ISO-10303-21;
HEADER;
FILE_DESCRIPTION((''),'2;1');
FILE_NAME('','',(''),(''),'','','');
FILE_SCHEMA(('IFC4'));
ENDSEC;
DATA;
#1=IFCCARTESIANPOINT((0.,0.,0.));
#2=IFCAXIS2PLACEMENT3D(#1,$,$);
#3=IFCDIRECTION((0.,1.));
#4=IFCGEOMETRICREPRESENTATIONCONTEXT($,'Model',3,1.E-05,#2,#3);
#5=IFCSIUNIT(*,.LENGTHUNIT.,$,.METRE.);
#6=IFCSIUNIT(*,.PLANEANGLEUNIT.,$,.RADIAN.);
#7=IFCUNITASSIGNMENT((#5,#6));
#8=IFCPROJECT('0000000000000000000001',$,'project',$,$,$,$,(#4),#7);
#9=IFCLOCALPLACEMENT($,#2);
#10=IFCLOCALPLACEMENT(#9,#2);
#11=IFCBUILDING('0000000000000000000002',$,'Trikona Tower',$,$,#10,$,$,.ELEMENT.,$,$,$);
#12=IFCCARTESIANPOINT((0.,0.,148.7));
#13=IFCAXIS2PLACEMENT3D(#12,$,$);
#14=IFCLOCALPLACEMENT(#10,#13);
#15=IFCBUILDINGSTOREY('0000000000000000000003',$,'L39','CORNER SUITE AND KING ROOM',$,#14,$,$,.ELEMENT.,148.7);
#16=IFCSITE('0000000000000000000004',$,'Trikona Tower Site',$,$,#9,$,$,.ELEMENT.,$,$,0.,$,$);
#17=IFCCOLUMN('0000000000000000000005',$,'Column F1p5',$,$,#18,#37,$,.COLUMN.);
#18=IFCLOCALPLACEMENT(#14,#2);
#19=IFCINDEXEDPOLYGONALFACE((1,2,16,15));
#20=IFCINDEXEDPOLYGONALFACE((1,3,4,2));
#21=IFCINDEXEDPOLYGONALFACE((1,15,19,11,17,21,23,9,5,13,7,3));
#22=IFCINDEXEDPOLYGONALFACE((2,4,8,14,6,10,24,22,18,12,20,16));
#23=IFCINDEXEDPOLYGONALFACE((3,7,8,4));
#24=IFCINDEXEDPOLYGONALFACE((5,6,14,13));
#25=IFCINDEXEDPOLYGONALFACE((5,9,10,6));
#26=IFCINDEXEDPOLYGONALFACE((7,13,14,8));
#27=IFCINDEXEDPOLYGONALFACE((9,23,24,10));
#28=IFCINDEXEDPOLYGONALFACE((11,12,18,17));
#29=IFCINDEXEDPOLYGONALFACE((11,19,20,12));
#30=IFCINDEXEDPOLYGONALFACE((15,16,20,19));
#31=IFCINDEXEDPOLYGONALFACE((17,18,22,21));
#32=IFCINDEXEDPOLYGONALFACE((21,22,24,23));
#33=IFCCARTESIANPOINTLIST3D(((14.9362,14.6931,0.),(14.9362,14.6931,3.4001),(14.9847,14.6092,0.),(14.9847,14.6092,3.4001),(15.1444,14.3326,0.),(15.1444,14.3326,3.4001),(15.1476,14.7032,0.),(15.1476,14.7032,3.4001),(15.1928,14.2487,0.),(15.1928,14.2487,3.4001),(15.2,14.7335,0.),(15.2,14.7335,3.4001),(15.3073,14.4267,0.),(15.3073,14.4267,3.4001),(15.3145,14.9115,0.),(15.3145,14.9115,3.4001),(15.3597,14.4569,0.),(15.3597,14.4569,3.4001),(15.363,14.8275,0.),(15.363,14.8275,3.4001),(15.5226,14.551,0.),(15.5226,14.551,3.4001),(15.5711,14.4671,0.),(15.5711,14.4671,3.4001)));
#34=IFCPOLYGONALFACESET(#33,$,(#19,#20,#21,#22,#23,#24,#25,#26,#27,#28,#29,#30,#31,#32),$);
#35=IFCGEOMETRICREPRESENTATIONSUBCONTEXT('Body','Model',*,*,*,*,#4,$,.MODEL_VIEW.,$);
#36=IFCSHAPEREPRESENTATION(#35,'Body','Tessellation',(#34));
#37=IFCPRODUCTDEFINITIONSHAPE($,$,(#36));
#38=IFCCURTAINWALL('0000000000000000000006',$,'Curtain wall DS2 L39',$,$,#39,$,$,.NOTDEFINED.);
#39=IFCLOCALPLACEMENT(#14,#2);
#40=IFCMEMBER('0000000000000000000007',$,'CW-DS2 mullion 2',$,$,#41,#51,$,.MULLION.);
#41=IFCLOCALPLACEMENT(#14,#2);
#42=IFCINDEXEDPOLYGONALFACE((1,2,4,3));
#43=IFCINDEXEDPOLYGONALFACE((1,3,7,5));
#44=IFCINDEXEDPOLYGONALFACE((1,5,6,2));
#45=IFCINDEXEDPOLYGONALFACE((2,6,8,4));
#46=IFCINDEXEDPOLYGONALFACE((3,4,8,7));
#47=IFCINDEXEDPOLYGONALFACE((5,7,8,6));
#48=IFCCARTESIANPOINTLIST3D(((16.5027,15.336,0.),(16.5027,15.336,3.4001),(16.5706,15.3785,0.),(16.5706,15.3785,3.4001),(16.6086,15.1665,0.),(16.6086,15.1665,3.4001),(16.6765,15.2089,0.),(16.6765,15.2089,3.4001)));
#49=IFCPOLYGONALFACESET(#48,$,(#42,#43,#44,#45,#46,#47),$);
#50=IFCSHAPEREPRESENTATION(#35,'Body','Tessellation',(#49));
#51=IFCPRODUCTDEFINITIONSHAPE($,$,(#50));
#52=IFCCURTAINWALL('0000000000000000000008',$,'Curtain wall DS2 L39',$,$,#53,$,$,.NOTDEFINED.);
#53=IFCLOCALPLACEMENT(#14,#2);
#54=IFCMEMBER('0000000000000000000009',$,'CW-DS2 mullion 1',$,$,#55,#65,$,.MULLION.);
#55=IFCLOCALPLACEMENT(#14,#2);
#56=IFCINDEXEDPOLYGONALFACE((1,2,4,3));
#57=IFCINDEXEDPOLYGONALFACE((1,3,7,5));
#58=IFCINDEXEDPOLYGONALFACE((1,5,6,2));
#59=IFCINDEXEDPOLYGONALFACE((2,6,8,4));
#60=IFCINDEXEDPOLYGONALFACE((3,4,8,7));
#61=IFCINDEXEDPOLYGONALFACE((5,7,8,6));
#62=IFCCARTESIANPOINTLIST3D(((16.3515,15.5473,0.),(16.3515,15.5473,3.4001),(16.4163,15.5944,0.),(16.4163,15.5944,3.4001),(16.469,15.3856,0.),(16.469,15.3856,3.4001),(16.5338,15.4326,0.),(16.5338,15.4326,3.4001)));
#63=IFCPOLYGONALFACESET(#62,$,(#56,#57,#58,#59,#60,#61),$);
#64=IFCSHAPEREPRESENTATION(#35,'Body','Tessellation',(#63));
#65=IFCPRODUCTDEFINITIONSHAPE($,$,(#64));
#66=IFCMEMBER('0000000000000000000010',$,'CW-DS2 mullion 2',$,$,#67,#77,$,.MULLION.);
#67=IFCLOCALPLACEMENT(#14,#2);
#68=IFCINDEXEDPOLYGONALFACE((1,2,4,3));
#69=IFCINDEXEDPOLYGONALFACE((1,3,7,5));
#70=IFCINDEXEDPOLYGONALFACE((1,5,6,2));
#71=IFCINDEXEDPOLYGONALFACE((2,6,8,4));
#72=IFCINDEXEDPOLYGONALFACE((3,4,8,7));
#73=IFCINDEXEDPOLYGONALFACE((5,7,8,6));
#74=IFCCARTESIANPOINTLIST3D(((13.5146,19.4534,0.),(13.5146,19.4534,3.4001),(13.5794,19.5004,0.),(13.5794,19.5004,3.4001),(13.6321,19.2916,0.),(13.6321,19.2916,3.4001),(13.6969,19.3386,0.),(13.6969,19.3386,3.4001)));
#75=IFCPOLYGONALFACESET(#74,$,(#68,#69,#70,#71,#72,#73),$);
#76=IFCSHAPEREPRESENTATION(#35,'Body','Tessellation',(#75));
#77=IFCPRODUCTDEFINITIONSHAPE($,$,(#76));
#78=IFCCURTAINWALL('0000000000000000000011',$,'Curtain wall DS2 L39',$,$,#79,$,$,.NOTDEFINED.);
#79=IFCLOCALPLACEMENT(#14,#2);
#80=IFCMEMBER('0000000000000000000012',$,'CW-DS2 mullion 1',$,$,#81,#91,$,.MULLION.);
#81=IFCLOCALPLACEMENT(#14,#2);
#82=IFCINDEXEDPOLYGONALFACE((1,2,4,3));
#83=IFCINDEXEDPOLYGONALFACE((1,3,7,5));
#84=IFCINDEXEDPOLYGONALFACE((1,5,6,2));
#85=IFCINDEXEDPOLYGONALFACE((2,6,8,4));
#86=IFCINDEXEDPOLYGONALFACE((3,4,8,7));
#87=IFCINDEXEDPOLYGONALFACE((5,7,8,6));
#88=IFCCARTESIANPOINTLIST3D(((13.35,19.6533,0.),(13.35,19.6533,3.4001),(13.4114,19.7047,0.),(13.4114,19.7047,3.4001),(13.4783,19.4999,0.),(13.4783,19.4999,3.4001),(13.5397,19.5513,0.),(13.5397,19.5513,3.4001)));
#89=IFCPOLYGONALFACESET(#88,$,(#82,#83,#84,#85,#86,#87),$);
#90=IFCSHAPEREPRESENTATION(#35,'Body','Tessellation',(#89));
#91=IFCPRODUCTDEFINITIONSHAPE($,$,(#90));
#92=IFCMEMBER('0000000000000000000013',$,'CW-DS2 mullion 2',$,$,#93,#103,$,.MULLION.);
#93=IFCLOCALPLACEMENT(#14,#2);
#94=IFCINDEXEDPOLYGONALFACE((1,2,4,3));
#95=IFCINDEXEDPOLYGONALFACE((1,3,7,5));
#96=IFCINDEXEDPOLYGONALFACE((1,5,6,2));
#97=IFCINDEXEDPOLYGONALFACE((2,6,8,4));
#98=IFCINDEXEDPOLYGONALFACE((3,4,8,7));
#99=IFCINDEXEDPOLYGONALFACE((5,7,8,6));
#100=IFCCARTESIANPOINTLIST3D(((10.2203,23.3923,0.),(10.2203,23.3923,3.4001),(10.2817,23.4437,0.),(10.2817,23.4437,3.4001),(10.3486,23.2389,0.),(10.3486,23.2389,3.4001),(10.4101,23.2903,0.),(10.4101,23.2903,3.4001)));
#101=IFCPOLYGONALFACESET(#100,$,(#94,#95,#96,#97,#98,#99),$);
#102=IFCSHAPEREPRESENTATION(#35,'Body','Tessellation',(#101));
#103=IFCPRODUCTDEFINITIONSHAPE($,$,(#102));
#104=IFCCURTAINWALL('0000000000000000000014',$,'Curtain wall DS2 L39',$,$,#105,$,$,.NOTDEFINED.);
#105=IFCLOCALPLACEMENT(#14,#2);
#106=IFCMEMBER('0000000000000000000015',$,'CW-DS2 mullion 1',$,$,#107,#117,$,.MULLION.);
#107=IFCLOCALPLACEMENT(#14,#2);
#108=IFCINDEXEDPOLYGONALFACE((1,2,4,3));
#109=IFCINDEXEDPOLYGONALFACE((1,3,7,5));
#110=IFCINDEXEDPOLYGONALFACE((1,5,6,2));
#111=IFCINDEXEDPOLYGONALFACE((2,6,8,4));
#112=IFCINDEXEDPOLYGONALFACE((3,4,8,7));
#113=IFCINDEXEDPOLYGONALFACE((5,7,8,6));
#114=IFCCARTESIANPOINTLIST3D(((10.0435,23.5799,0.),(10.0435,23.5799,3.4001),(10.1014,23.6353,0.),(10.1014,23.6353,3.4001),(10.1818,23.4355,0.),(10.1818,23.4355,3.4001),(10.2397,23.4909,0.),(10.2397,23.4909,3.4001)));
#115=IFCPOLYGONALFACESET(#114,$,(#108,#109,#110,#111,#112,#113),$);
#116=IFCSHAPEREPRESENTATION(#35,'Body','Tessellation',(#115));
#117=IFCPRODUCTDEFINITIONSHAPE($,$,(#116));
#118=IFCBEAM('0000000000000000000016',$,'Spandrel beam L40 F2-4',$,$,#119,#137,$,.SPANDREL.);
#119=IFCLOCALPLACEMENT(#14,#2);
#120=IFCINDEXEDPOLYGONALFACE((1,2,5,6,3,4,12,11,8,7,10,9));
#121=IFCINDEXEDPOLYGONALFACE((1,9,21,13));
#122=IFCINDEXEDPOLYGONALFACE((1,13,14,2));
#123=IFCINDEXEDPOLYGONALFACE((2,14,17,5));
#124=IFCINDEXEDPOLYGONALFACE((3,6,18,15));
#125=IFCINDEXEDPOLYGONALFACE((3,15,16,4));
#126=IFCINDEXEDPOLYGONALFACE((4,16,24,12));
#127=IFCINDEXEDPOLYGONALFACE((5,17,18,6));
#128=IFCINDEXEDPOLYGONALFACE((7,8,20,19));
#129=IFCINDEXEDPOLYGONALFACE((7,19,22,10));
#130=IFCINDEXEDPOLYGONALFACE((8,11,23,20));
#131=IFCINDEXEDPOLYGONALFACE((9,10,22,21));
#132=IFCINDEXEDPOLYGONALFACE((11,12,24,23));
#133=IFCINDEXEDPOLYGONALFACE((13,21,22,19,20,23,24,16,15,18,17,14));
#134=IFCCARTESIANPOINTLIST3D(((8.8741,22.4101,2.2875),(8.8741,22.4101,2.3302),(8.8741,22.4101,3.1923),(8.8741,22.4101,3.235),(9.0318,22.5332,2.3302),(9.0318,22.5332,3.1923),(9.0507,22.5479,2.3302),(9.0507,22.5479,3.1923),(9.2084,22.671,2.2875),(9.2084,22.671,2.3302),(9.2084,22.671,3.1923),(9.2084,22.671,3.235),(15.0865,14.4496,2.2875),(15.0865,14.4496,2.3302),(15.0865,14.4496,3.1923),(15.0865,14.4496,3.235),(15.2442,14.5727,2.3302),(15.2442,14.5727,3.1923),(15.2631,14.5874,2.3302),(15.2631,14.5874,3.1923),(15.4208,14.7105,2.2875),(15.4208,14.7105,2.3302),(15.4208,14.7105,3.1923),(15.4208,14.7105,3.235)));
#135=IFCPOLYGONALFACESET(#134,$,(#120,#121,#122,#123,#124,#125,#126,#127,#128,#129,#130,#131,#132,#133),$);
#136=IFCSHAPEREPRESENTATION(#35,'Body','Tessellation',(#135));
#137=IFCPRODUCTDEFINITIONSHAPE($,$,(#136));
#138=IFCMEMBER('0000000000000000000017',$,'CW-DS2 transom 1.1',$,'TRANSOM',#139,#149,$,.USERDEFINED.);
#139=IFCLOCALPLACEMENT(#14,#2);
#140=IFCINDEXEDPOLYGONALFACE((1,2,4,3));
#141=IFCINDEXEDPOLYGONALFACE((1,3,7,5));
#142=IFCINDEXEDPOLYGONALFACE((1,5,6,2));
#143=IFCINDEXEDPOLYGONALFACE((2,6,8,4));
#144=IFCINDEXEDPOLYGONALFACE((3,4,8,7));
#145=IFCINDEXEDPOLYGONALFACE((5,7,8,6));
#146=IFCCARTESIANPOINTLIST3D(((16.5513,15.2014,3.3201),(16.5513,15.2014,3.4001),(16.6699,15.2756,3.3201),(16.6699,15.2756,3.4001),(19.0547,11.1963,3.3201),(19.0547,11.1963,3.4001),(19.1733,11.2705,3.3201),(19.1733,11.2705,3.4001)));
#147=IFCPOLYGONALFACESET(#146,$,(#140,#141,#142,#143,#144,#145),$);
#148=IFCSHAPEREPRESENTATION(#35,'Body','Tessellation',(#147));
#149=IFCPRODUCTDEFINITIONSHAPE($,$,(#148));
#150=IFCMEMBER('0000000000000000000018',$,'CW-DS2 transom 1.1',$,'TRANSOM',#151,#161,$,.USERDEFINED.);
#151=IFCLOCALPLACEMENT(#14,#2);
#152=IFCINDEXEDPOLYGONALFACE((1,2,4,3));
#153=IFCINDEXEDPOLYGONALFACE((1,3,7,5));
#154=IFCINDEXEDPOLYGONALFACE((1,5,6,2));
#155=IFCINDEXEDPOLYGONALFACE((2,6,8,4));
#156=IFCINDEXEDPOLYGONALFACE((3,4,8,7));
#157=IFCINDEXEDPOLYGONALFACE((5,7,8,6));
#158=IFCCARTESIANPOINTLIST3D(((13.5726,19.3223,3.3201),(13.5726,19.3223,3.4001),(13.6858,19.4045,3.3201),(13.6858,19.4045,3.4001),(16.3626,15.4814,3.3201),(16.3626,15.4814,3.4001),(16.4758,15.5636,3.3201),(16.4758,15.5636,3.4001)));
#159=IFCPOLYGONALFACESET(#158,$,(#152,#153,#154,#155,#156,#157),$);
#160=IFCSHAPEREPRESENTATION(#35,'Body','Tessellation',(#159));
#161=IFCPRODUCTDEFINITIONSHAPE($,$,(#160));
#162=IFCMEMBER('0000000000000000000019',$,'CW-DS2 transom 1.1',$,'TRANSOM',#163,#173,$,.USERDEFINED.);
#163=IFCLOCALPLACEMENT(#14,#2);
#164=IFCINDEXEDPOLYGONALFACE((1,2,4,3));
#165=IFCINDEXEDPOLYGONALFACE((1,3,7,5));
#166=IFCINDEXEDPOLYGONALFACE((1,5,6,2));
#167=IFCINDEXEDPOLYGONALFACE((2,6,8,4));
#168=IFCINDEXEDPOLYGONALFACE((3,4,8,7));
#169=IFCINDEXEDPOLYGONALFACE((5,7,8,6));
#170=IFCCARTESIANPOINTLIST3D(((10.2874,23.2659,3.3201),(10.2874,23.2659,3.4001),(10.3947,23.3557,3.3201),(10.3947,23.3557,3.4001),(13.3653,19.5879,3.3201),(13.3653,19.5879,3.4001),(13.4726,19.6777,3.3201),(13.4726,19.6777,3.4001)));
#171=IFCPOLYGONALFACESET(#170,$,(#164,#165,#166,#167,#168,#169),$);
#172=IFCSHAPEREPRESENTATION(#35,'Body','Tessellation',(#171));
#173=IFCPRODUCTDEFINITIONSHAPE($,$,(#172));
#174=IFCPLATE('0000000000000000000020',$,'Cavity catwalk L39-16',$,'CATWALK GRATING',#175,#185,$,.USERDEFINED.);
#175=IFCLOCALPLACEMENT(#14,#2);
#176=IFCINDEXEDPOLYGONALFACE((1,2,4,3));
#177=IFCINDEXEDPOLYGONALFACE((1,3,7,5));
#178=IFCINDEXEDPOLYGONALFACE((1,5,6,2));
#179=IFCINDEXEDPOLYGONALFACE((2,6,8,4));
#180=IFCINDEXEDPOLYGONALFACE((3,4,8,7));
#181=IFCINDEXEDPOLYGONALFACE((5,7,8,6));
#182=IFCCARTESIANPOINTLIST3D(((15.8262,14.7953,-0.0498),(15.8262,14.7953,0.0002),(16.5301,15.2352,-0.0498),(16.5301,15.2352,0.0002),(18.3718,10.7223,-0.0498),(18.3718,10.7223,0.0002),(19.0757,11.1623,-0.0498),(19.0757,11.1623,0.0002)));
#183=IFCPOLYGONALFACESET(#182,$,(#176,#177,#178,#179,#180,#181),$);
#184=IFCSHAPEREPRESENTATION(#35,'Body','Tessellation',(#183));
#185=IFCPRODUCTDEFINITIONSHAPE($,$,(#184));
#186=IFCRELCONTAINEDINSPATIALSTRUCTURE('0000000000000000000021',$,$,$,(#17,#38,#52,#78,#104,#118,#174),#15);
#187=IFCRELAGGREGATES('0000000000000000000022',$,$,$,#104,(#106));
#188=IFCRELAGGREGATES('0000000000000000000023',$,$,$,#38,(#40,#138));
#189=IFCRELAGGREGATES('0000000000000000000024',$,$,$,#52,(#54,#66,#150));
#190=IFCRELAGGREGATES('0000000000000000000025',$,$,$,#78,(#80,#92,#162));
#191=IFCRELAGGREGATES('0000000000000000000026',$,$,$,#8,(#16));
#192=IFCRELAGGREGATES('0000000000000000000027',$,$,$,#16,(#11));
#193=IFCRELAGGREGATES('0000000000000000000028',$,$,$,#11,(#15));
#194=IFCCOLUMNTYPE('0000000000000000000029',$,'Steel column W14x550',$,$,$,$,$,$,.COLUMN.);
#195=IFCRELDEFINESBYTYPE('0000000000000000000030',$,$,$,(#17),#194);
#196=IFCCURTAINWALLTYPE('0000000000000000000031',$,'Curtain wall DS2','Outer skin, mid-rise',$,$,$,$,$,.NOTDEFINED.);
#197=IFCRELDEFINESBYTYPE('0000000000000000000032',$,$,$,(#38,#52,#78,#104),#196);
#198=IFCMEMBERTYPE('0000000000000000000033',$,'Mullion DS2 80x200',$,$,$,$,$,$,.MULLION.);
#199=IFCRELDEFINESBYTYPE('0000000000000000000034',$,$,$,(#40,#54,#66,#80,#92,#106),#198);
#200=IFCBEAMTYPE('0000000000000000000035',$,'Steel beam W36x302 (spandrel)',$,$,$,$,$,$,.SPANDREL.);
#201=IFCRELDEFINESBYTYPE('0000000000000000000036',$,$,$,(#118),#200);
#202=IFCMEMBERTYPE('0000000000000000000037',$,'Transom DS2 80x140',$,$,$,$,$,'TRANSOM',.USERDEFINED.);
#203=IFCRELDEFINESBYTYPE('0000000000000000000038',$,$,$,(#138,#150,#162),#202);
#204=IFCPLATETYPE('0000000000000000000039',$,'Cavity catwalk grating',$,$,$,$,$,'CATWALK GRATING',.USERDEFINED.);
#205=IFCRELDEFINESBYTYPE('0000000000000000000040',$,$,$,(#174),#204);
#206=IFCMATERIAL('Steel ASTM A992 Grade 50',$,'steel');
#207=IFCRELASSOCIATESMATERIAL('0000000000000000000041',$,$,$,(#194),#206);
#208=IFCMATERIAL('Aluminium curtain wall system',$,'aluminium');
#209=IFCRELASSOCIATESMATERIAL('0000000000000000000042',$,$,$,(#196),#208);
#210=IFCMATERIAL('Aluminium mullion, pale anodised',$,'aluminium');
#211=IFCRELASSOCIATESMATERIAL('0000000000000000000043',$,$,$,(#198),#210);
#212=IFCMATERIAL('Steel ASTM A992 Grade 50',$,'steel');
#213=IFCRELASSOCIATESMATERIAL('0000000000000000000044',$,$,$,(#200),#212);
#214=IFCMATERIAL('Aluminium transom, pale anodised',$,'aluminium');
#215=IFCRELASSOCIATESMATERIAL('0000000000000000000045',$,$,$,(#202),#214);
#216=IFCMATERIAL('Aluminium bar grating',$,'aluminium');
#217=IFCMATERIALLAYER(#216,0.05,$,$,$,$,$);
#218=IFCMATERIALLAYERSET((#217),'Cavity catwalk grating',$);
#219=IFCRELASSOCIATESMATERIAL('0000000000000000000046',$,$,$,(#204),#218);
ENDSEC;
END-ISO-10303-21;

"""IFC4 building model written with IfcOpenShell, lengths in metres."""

from ifc_helpers import new_model, si_unit, direction, frame, origin, origin_2d, place, context, subcontext, project, spatial, rectangle, i_section, extrude, material, layer, layer_set, material_profile, profile_set, type_object, element, aggregate, save


model = new_model("IFC4")

# Units and contexts
model_context = context("Model", 3, precision=1e-05, world=origin(), true_north=direction((0.0, 1.0)))
body_context = subcontext(model_context, "Body", "Model", "MODEL_VIEW")
ifc_project = project(units=[si_unit("LENGTHUNIT", "METRE"), si_unit("PLANEANGLEUNIT", "RADIAN")], contexts=[model_context])

# Site, building, storey
site_placement = place(None, origin())
site = spatial("IfcSite", under=ifc_project, at=site_placement, Name="Trikona Tower Site", CompositionType="ELEMENT", RefElevation=0.0)
building_placement = place(site_placement, origin())
building = spatial("IfcBuilding", under=site, at=building_placement, Name="Trikona Tower", CompositionType="ELEMENT")
storey_placement = place(building_placement, frame((0.0, 0.0, 148.7)))
storey = spatial("IfcBuildingStorey", under=building, at=storey_placement, Name="L39", Description="CORNER SUITE AND KING ROOM", CompositionType="ELEMENT", Elevation=148.7)

# Column
ifc_material_1 = material(Name="Steel ASTM A992 Grade 50", Category="steel")
ifc_material_profile_1 = material_profile(ifc_material_1, i_section(OverallWidth=0.4368, OverallDepth=0.5132, WebThickness=0.0605, FlangeThickness=0.0969, at=origin_2d()), Name="W14X550")
ifc_profile_set_1 = profile_set([ifc_material_profile_1], Name="Steel ASTM A992 Grade 50")
column_type = type_object("IfcColumnType", Name="Steel column W14x550", PredefinedType="COLUMN", material=ifc_profile_set_1)
column_placement = place(storey_placement, frame((15.2537, 14.5801, 0.0), z_axis=(0.0, 0.0, 1.0), x_axis=(0.866025, 0.5, 0.0)))
element("IfcColumn", 1, at=column_placement, inside=storey, type_object=column_type, Name="Column F1p5", PredefinedType="COLUMN", context=body_context, shape_type="SweptSolid", body=[
    extrude(i_section(OverallWidth=0.4368, OverallDepth=0.5132, WebThickness=0.0605, FlangeThickness=0.0969, at=origin_2d()), origin(), (0.0, 0.0, 1.0), 3.4001),
])

# Curtain wall, member
ifc_material_2 = material(Name="Aluminium curtain wall system", Category="aluminium")
curtain_wall_type = type_object("IfcCurtainWallType", Name="Curtain wall DS2", Description="Outer skin, mid-rise", PredefinedType="NOTDEFINED", material=ifc_material_2)
curtain_wall_1_placement = place(storey_placement, origin())
curtain_wall_1 = element("IfcCurtainWall", 2, at=curtain_wall_1_placement, inside=storey, type_object=curtain_wall_type, Name="Curtain wall DS2 L39", PredefinedType="NOTDEFINED")
ifc_material_3 = material(Name="Aluminium mullion, pale anodised", Category="aluminium")
ifc_material_profile_2 = material_profile(ifc_material_3, rectangle(XDim=0.0801, YDim=0.2, at=origin_2d()), Name="MUL-DS2")
ifc_profile_set_2 = profile_set([ifc_material_profile_2], Name="Aluminium mullion, pale anodised")
member_type_1 = type_object("IfcMemberType", Name="Mullion DS2 80x200", PredefinedType="MULLION", material=ifc_profile_set_2)
member_1_placement = place(storey_placement, frame((16.5896, 15.2725, 0.0), z_axis=(0.0, 0.0, 1.0), x_axis=(-0.847998, -0.529999, 0.0)))
member_1 = element("IfcMember", 3, at=member_1_placement, type_object=member_type_1, Name="CW-DS2 mullion 2", PredefinedType="MULLION", context=body_context, shape_type="SweptSolid", body=[
    extrude(rectangle(XDim=0.0801, YDim=0.2, at=origin_2d()), origin(), (0.0, 0.0, 1.0), 3.4001),
])

# Curtain walls, members
curtain_wall_2_placement = place(storey_placement, origin())
curtain_wall_2 = element("IfcCurtainWall", 4, at=curtain_wall_2_placement, inside=storey, type_object=curtain_wall_type, Name="Curtain wall DS2 L39", PredefinedType="NOTDEFINED")
member_2_placement = place(storey_placement, frame((16.4426, 15.49, 0.0), z_axis=(0.0, 0.0, 1.0), x_axis=(-0.809086, -0.587691, 0.0)))
member_2 = element("IfcMember", 5, at=member_2_placement, type_object=member_type_1, Name="CW-DS2 mullion 1", PredefinedType="MULLION", context=body_context, shape_type="SweptSolid", body=[
    extrude(rectangle(XDim=0.0801, YDim=0.2, at=origin_2d()), origin(), (0.0, 0.0, 1.0), 3.4001),
])
member_3_placement = place(storey_placement, frame((13.6057, 19.396, 0.0), z_axis=(0.0, 0.0, 1.0), x_axis=(-0.809086, -0.587691, 0.0)))
member_3 = element("IfcMember", 6, at=member_3_placement, type_object=member_type_1, Name="CW-DS2 mullion 2", PredefinedType="MULLION", context=body_context, shape_type="SweptSolid", body=[
    extrude(rectangle(XDim=0.0801, YDim=0.2, at=origin_2d()), origin(), (0.0, 0.0, 1.0), 3.4001),
])
curtain_wall_3_placement = place(storey_placement, origin())
curtain_wall_3 = element("IfcCurtainWall", 7, at=curtain_wall_3_placement, inside=storey, type_object=curtain_wall_type, Name="Curtain wall DS2 L39", PredefinedType="NOTDEFINED")
member_4_placement = place(storey_placement, frame((13.4448, 19.6023, 0.0), z_axis=(0.0, 0.0, 1.0), x_axis=(-0.766867, -0.641806, 0.0)))
member_4 = element("IfcMember", 8, at=member_4_placement, type_object=member_type_1, Name="CW-DS2 mullion 1", PredefinedType="MULLION", context=body_context, shape_type="SweptSolid", body=[
    extrude(rectangle(XDim=0.0801, YDim=0.2, at=origin_2d()), origin(), (0.0, 0.0, 1.0), 3.4001),
])
member_5_placement = place(storey_placement, frame((10.3152, 23.3413, 0.0), z_axis=(0.0, 0.0, 1.0), x_axis=(-0.766867, -0.641806, 0.0)))
member_5 = element("IfcMember", 9, at=member_5_placement, type_object=member_type_1, Name="CW-DS2 mullion 2", PredefinedType="MULLION", context=body_context, shape_type="SweptSolid", body=[
    extrude(rectangle(XDim=0.0801, YDim=0.2, at=origin_2d()), origin(), (0.0, 0.0, 1.0), 3.4001),
])

# Curtain wall, member
curtain_wall_4_placement = place(storey_placement, origin())
curtain_wall_4 = element("IfcCurtainWall", 10, at=curtain_wall_4_placement, inside=storey, type_object=curtain_wall_type, Name="Curtain wall DS2 L39", PredefinedType="NOTDEFINED")
member_6_placement = place(storey_placement, frame((10.1416, 23.5354, 0.0), z_axis=(0.0, 0.0, 1.0), x_axis=(-0.722158, -0.691728, 0.0)))
member_6 = element("IfcMember", 11, at=member_6_placement, type_object=member_type_1, Name="CW-DS2 mullion 1", PredefinedType="MULLION", context=body_context, shape_type="SweptSolid", body=[
    extrude(rectangle(XDim=0.0801, YDim=0.2, at=origin_2d()), origin(), (0.0, 0.0, 1.0), 3.4001),
])
aggregate(curtain_wall_4, [member_6])

# Beam
ifc_material_4 = material(Name="Steel ASTM A992 Grade 50", Category="steel")
ifc_material_profile_3 = material_profile(ifc_material_4, i_section(OverallWidth=0.4241, OverallDepth=0.9475, WebThickness=0.0239, FlangeThickness=0.0427, at=origin_2d()), Name="W36X302")
ifc_profile_set_3 = profile_set([ifc_material_profile_3], Name="Steel ASTM A992 Grade 50")
beam_type = type_object("IfcBeamType", Name="Steel beam W36x302 (spandrel)", PredefinedType="SPANDREL", material=ifc_profile_set_3)
beam_placement = place(storey_placement, frame((15.2537, 14.5801, 2.7612), z_axis=(-0.615232, 0.788346, 0.0), x_axis=(-0.788346, -0.615232, 0.0)))
element("IfcBeam", 12, at=beam_placement, inside=storey, type_object=beam_type, Name="Spandrel beam L40 F2-4", PredefinedType="SPANDREL", context=body_context, shape_type="SweptSolid", body=[
    extrude(i_section(OverallWidth=0.4241, OverallDepth=0.9475, WebThickness=0.0239, FlangeThickness=0.0427, at=origin_2d()), origin(), (0.0, 0.0, 1.0), 10.0977),
])

# Members
ifc_material_5 = material(Name="Aluminium transom, pale anodised", Category="aluminium")
ifc_material_profile_4 = material_profile(ifc_material_5, rectangle(XDim=0.1399, YDim=0.0801, at=origin_2d()), Name="TRN-DS2")
ifc_profile_set_4 = profile_set([ifc_material_profile_4], Name="Aluminium transom, pale anodised")
member_type_2 = type_object("IfcMemberType", Name="Transom DS2 80x140", ElementType="TRANSOM", PredefinedType="USERDEFINED", material=ifc_profile_set_4)
member_7_placement = place(storey_placement, frame((19.114, 11.2334, 3.3601), z_axis=(-0.530031, 0.847978, 0.0), x_axis=(-0.847978, -0.530031, 0.0)))
member_7 = element("IfcMember", 13, at=member_7_placement, type_object=member_type_2, Name="CW-DS2 transom 1.1", ObjectType="TRANSOM", PredefinedType="USERDEFINED", context=body_context, shape_type="SweptSolid", body=[
    extrude(rectangle(XDim=0.1399, YDim=0.0801, at=origin_2d()), origin(), (0.0, 0.0, 1.0), 4.7231),
])
member_8_placement = place(storey_placement, frame((16.4192, 15.5225, 3.3601), z_axis=(-0.587695, 0.809083, 0.0), x_axis=(-0.809083, -0.587695, 0.0)))
member_8 = element("IfcMember", 14, at=member_8_placement, type_object=member_type_2, Name="CW-DS2 transom 1.1", ObjectType="TRANSOM", PredefinedType="USERDEFINED", context=body_context, shape_type="SweptSolid", body=[
    extrude(rectangle(XDim=0.1399, YDim=0.0801, at=origin_2d()), origin(), (0.0, 0.0, 1.0), 4.7473),
])
member_9_placement = place(storey_placement, frame((13.4189, 19.6328, 3.3601), z_axis=(-0.64177, 0.766897, 0.0), x_axis=(-0.766897, -0.64177, 0.0)))
member_9 = element("IfcMember", 15, at=member_9_placement, type_object=member_type_2, Name="CW-DS2 transom 1.1", ObjectType="TRANSOM", PredefinedType="USERDEFINED", context=body_context, shape_type="SweptSolid", body=[
    extrude(rectangle(XDim=0.1399, YDim=0.0801, at=origin_2d()), origin(), (0.0, 0.0, 1.0), 4.7959),
])

# Plate
ifc_material_6 = material(Name="Aluminium bar grating", Category="aluminium")
ifc_layer_1 = layer(ifc_material_6, 0.05)
ifc_layer_set_1 = layer_set([ifc_layer_1], Name="Cavity catwalk grating")
plate_type_1 = type_object("IfcPlateType", Name="Cavity catwalk grating", ElementType="CATWALK GRATING", PredefinedType="USERDEFINED", material=ifc_layer_set_1)
plate_1_placement = place(storey_placement, frame((17.4509, 12.9788, -0.0498), z_axis=(0.0, 0.0, 1.0), x_axis=(-0.529995, 0.848001, 0.0)))
element("IfcPlate", 16, at=plate_1_placement, inside=storey, type_object=plate_type_1, Name="Cavity catwalk L39-16", ObjectType="CATWALK GRATING", PredefinedType="USERDEFINED", context=body_context, shape_type="SweptSolid", body=[
    extrude(rectangle(XDim=4.803, YDim=0.8301, at=origin_2d()), origin(), (0.0, 0.0, 1.0), 0.05),
])

aggregate(curtain_wall_1, [member_1, member_7])
aggregate(curtain_wall_2, [member_2, member_3, member_8])
aggregate(curtain_wall_3, [member_4, member_5, member_9])

save(model, "model.ifc")
